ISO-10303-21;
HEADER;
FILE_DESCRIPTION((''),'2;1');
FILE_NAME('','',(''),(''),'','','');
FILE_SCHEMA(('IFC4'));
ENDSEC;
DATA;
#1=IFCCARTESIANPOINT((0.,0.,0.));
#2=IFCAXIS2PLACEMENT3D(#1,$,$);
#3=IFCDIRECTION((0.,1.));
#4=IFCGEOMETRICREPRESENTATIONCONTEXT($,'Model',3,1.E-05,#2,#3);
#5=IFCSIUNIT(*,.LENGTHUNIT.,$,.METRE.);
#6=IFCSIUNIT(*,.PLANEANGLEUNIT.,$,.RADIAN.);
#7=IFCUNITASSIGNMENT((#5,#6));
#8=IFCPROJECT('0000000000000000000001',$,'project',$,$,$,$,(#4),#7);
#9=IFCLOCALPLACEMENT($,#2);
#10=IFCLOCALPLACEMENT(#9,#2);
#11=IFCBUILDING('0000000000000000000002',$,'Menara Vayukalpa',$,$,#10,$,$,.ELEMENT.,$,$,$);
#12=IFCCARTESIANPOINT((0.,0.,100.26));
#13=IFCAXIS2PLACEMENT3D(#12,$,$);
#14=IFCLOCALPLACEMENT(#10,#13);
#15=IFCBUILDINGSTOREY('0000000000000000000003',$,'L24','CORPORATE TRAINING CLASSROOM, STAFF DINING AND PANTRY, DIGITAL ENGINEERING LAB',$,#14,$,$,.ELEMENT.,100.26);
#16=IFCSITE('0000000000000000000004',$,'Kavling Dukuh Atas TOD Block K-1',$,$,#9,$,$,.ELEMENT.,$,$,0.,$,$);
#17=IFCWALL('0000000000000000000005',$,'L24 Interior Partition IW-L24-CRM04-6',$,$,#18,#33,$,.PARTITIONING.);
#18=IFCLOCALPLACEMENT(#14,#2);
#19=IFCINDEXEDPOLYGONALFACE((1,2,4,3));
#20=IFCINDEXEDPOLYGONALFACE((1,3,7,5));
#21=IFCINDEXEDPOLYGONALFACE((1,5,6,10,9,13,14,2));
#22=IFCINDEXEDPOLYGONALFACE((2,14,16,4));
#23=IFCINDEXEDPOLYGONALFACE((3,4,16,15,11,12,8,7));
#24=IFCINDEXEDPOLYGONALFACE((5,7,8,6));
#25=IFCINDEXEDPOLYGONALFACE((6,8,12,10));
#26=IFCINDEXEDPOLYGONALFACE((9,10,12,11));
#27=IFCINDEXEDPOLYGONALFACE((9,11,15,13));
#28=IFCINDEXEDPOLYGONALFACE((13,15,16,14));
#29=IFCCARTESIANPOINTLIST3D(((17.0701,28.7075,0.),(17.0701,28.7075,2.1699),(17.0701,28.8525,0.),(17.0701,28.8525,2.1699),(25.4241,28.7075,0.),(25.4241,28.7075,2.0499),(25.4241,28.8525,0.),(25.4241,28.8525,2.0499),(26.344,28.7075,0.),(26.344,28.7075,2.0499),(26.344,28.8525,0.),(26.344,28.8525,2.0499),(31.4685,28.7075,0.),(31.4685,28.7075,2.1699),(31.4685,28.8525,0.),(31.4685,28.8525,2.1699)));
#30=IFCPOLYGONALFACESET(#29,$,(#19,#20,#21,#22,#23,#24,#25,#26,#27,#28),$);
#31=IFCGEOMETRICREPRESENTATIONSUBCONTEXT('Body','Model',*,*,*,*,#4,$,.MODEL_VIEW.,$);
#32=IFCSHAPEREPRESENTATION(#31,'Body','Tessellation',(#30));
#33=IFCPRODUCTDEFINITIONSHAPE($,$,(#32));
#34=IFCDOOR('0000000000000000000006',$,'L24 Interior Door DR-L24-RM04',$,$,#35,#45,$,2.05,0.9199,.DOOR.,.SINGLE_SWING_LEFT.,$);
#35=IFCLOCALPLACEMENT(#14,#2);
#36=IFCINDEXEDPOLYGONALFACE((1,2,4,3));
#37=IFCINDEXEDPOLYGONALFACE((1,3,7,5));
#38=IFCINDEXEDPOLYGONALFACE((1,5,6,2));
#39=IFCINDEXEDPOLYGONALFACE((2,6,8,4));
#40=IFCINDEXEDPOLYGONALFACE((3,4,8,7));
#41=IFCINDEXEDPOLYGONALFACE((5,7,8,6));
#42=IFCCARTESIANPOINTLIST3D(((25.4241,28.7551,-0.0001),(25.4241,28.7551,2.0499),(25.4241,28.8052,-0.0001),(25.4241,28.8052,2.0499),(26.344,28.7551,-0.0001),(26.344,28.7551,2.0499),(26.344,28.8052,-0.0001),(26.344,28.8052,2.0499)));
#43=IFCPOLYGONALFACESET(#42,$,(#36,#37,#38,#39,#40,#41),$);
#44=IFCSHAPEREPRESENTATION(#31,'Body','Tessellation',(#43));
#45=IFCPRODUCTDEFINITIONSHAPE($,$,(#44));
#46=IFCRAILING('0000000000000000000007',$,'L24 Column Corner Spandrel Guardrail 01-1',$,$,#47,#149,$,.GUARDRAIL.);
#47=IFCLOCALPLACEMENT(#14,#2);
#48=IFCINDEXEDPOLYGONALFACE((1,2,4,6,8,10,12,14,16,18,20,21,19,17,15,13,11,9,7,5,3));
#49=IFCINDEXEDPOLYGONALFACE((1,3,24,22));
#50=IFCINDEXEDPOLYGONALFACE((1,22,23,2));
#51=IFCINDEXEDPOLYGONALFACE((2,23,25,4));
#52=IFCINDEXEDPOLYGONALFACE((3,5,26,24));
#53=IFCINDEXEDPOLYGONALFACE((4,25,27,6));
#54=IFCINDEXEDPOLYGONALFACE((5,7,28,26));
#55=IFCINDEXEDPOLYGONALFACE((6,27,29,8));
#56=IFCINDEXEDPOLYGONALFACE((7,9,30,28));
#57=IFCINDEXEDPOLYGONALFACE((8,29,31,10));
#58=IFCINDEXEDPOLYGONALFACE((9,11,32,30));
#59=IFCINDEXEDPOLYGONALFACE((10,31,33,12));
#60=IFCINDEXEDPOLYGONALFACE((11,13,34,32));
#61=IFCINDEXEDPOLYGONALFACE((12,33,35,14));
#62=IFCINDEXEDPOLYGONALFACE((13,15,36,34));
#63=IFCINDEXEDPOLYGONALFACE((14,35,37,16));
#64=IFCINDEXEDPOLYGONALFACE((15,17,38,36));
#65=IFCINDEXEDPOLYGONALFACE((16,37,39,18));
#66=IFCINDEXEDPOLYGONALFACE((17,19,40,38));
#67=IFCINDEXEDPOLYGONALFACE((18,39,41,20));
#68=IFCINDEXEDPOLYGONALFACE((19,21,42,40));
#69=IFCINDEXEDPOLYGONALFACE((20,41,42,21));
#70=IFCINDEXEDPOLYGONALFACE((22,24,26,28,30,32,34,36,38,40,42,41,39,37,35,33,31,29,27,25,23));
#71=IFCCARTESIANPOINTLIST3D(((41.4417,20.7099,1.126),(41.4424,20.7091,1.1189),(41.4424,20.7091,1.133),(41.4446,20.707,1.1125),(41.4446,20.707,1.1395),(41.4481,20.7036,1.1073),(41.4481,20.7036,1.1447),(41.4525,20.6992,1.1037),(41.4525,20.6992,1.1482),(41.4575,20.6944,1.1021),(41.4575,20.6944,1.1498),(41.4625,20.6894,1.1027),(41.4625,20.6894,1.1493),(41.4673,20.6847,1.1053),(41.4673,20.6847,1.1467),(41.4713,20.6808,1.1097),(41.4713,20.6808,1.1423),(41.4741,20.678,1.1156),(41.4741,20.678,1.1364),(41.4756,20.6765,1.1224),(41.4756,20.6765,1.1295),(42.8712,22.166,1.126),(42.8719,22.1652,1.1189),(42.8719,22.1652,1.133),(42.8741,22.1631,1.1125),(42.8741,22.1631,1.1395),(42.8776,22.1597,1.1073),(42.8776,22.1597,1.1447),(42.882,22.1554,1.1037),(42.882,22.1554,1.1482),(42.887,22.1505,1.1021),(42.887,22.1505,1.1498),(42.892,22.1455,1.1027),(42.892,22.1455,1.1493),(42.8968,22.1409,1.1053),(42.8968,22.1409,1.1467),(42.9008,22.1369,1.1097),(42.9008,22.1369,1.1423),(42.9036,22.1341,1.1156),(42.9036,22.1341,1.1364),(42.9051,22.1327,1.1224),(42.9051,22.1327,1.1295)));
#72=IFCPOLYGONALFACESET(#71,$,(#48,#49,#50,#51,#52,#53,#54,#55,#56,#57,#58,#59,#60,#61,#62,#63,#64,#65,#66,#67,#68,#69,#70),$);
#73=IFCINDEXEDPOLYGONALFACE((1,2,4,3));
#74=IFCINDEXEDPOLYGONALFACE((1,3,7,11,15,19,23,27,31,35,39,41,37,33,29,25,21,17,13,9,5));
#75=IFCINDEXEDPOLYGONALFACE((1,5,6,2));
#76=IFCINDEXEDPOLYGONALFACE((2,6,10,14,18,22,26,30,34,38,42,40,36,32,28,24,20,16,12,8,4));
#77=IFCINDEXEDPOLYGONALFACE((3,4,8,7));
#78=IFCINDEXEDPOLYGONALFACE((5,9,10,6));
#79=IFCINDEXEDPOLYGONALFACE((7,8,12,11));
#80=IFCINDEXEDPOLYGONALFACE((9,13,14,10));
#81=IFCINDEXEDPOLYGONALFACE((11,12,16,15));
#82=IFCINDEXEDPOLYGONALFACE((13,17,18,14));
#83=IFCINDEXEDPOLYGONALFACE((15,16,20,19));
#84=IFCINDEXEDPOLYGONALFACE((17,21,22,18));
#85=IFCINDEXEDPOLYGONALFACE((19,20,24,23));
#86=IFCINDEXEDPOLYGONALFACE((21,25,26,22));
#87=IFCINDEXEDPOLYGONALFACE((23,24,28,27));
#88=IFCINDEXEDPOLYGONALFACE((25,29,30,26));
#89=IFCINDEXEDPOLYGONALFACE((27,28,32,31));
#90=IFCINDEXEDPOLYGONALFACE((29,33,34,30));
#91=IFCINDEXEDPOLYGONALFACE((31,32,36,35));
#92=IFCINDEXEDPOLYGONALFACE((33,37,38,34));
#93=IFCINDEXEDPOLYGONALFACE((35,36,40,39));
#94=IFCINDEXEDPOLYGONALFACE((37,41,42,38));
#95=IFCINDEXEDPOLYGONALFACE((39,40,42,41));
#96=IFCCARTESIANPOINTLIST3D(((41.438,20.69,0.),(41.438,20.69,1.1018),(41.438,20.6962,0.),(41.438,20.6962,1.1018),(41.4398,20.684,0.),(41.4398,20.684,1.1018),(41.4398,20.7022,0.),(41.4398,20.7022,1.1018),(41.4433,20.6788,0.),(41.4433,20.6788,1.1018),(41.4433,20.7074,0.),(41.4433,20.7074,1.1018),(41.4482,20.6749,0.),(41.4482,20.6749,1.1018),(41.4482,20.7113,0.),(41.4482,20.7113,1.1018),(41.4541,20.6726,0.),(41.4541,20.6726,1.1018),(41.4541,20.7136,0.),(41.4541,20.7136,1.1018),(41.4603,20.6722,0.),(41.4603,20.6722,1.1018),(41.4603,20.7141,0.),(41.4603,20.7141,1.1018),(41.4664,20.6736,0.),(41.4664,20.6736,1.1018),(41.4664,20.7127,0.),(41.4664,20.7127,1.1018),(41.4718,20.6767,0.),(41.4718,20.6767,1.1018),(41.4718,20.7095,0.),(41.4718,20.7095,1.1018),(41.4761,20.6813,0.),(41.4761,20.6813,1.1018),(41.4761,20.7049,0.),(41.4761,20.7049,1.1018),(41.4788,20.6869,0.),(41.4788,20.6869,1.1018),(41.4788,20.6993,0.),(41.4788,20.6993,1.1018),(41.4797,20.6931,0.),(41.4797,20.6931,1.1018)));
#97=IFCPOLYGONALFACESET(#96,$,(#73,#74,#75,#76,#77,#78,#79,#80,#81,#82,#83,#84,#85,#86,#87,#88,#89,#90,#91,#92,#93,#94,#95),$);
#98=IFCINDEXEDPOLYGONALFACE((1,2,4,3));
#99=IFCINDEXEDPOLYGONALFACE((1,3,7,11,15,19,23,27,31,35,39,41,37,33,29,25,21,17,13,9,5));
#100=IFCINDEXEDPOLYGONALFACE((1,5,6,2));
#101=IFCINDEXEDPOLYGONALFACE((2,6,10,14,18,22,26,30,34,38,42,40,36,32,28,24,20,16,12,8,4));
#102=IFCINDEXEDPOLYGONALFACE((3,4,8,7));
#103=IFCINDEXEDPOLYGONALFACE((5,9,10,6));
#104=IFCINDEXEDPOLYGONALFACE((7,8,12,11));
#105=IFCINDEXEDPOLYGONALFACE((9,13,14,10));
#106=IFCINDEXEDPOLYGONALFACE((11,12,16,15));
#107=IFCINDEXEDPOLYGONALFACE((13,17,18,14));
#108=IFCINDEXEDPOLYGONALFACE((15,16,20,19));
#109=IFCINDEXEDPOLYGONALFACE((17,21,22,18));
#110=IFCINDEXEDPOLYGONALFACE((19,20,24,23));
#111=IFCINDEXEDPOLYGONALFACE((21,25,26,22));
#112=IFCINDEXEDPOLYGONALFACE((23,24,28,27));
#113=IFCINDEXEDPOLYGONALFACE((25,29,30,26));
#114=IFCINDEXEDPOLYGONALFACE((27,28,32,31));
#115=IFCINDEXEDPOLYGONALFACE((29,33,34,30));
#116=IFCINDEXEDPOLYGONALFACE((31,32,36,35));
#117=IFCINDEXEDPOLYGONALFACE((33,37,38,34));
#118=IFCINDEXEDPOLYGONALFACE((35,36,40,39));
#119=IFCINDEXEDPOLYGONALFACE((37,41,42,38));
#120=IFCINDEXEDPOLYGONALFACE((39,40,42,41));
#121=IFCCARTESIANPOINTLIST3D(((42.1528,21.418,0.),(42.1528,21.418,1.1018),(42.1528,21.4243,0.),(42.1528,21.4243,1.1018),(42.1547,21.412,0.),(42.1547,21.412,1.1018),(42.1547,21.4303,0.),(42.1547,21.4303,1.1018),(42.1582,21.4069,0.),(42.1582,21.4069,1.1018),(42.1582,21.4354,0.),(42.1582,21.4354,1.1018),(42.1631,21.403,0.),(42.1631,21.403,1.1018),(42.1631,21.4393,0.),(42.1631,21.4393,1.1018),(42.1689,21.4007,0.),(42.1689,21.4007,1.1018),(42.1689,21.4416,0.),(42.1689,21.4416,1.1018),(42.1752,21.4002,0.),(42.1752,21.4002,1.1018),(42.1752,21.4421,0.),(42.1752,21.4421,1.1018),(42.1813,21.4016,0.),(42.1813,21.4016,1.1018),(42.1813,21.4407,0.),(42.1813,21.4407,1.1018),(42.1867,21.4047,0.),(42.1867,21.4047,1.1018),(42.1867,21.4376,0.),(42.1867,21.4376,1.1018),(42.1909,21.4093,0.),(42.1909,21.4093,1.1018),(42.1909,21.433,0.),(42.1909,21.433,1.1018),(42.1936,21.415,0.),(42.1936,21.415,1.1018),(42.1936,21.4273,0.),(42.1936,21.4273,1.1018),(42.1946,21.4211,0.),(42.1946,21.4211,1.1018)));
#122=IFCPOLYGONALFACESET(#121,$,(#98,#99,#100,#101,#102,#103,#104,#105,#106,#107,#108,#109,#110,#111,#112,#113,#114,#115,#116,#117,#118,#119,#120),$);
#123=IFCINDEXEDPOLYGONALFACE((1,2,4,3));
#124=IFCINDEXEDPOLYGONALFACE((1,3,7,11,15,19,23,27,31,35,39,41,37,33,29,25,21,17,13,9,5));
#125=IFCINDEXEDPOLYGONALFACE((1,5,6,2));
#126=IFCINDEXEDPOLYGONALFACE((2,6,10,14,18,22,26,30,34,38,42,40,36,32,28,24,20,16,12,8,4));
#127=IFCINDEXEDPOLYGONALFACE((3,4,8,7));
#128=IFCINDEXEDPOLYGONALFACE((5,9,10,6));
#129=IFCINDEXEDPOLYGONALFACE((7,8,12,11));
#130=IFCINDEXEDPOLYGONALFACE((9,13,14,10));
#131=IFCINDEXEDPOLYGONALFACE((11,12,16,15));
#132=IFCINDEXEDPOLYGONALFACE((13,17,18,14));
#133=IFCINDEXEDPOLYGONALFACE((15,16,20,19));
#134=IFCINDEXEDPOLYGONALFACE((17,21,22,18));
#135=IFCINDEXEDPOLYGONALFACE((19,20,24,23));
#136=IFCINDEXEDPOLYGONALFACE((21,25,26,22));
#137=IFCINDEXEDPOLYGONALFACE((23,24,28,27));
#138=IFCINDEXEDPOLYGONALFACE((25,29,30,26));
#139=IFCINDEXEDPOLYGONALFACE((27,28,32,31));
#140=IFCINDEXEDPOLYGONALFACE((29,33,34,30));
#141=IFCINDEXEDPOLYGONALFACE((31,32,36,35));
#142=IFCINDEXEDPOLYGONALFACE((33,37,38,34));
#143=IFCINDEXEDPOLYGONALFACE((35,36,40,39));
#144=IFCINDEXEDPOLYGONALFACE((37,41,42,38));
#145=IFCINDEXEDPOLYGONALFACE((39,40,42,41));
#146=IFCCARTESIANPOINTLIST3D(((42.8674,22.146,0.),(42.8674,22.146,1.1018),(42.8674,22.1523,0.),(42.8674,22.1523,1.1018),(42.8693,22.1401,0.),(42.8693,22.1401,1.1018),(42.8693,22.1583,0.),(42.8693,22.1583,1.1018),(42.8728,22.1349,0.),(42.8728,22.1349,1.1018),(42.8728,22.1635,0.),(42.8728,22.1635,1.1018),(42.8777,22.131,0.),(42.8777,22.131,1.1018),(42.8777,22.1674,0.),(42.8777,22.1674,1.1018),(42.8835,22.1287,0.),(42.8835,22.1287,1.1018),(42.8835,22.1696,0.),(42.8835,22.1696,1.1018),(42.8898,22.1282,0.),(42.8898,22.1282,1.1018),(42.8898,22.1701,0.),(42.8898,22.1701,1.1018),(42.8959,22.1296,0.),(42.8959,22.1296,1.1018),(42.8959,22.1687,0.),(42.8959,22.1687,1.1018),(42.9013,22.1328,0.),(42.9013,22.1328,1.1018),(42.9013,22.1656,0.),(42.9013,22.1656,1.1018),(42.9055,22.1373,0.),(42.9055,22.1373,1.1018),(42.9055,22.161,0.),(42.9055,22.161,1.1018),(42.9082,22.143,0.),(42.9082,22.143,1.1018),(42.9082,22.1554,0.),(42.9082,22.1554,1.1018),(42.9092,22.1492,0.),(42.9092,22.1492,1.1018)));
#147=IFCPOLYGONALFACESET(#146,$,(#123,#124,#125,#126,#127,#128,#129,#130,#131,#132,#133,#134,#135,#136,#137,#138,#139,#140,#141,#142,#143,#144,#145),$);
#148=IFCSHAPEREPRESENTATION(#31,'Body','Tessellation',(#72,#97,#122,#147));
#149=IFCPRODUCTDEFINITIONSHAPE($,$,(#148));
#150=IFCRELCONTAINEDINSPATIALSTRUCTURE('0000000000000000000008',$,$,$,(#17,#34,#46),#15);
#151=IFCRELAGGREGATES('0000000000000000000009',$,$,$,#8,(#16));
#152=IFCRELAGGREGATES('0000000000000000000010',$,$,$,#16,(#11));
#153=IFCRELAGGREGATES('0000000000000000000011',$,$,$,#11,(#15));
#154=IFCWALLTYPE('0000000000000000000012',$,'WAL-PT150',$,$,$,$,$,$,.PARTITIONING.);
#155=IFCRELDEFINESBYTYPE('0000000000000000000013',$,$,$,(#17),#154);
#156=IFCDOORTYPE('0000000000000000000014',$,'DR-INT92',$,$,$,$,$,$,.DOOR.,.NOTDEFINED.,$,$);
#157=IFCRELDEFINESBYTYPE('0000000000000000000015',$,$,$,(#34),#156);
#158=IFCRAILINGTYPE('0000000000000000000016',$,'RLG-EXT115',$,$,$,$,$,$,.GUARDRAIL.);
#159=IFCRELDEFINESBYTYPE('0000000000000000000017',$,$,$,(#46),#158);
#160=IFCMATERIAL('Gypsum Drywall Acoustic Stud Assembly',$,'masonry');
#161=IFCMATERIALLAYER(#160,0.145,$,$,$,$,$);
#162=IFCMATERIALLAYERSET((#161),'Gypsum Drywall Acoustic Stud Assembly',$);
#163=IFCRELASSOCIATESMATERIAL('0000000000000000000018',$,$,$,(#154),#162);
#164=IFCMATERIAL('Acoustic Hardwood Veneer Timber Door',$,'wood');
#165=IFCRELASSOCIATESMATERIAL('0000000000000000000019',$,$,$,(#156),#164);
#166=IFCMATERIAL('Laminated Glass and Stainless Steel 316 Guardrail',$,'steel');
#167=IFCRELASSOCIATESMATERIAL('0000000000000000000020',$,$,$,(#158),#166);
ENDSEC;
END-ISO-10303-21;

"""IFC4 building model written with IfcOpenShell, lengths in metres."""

from ifc_helpers import new_model, si_unit, direction, frame, frame_2d, origin, origin_2d, place, context, subcontext, project, spatial, rectangle, circle, extrude, material, layer, layer_set, type_object, element, fill, save


model = new_model("IFC4")

# Units and contexts
model_context = context("Model", 3, precision=1e-05, world=origin(), true_north=direction((0.0, 1.0)))
body_context = subcontext(model_context, "Body", "Model", "MODEL_VIEW")
ifc_project = project(units=[si_unit("LENGTHUNIT", "METRE"), si_unit("PLANEANGLEUNIT", "RADIAN")], contexts=[model_context])

# Site, building, storey
site_placement = place(None, origin())
site = spatial("IfcSite", under=ifc_project, at=site_placement, Name="Kavling Dukuh Atas TOD Block K-1", CompositionType="ELEMENT", RefElevation=0.0)
building_placement = place(site_placement, origin())
building = spatial("IfcBuilding", under=site, at=building_placement, Name="Menara Vayukalpa", CompositionType="ELEMENT")
storey_placement = place(building_placement, frame((0.0, 0.0, 100.26)))
storey = spatial("IfcBuildingStorey", under=building, at=storey_placement, Name="L24", Description="CORPORATE TRAINING CLASSROOM, STAFF DINING AND PANTRY, DIGITAL ENGINEERING LAB", CompositionType="ELEMENT", Elevation=100.26)

# Shared definitions
ifc_material_1 = material(Name="Gypsum Drywall Acoustic Stud Assembly", Category="masonry")
ifc_layer_1 = layer(ifc_material_1, 0.145)
ifc_layer_set_1 = layer_set([ifc_layer_1], Name="Gypsum Drywall Acoustic Stud Assembly")
wall_type_1 = type_object("IfcWallType", Name="WAL-PT150", PredefinedType="PARTITIONING", material=ifc_layer_set_1)

# Wall, opening, door
wall_1_placement = place(storey_placement, frame((31.4685, 28.78, 0.0), z_axis=(0.0, 0.0, 1.0), x_axis=(-1.0, 0.0, 0.0)))
wall_1 = element("IfcWall", 1, at=wall_1_placement, inside=storey, type_object=wall_type_1, Name="L24 Interior Partition IW-L24-CRM04-6", PredefinedType="PARTITIONING", context=body_context, shape_type="SweptSolid", body=[
    extrude(rectangle(XDim=14.3984, YDim=0.145, at=frame_2d((7.1992, 0.0))), origin(), (0.0, 0.0, 1.0), 2.1699),
])
opening_placement = place(wall_1_placement, frame((5.1245, 0.0, 0.0)))
opening = element("IfcOpeningElement", 2, at=opening_placement, cuts=wall_1, PredefinedType="OPENING", context=body_context, shape_type="SweptSolid", body=[
    extrude(rectangle(XDim=0.9199, YDim=2.05, at=frame_2d((0.46, 1.0249))), frame((0.0, 0.0825, 0.0), z_axis=(0.0, -1.0, 0.0), x_axis=(1.0, 0.0, 0.0)), (0.0, 0.0, 1.0), 0.165),
])
ifc_material_2 = material(Name="Acoustic Hardwood Veneer Timber Door", Category="wood")
door_type = type_object("IfcDoorType", Name="DR-INT92", OperationType="NOTDEFINED", PredefinedType="DOOR", material=ifc_material_2)
door_placement = place(opening_placement, origin())
door = element("IfcDoor", 3, at=door_placement, inside=storey, type_object=door_type, Name="L24 Interior Door DR-L24-RM04", OperationType="SINGLE_SWING_LEFT", OverallHeight=2.05, OverallWidth=0.9199, PredefinedType="DOOR", context=body_context, shape_type="SweptSolid", body=[
    extrude(rectangle(XDim=0.9199, YDim=2.05, at=frame_2d((0.46, 1.0249))), frame((0.0, 0.0249, 0.0), z_axis=(0.0, -1.0, 0.0), x_axis=(1.0, 0.0, 0.0)), (0.0, 0.0, 1.0), 0.05),
])
fill(opening, door)

# Railing
ifc_material_3 = material(Name="Laminated Glass and Stainless Steel 316 Guardrail", Category="steel")
railing_type_1 = type_object("IfcRailingType", Name="RLG-EXT115", PredefinedType="GUARDRAIL", material=ifc_material_3)
railing_1_placement = place(storey_placement, frame((41.4587, 20.6931, 0.0)))
element("IfcRailing", 4, at=railing_1_placement, inside=storey, type_object=railing_type_1, Name="L24 Column Corner Spandrel Guardrail 01-1", PredefinedType="GUARDRAIL", context=body_context, shape_type="SweptSolid", body=[
    extrude(circle(Radius=0.0239, at=origin_2d()), frame((0.0, 0.0, 1.126), z_axis=(0.700556, 0.713598, 0.0), x_axis=(-0.713598, 0.700556, 0.0)), (0.0, 0.0, 1.0), 2.0405),
    extrude(circle(Radius=0.021, at=origin_2d()), origin(), (0.0, 0.0, 1.0), 1.1018),
    extrude(circle(Radius=0.021, at=origin_2d()), frame((0.7148, 0.728, 0.0)), (0.0, 0.0, 1.0), 1.1018),
    extrude(circle(Radius=0.021, at=origin_2d()), frame((1.4294, 1.4561, 0.0)), (0.0, 0.0, 1.0), 1.1018),
])

save(model, "model.ifc")
